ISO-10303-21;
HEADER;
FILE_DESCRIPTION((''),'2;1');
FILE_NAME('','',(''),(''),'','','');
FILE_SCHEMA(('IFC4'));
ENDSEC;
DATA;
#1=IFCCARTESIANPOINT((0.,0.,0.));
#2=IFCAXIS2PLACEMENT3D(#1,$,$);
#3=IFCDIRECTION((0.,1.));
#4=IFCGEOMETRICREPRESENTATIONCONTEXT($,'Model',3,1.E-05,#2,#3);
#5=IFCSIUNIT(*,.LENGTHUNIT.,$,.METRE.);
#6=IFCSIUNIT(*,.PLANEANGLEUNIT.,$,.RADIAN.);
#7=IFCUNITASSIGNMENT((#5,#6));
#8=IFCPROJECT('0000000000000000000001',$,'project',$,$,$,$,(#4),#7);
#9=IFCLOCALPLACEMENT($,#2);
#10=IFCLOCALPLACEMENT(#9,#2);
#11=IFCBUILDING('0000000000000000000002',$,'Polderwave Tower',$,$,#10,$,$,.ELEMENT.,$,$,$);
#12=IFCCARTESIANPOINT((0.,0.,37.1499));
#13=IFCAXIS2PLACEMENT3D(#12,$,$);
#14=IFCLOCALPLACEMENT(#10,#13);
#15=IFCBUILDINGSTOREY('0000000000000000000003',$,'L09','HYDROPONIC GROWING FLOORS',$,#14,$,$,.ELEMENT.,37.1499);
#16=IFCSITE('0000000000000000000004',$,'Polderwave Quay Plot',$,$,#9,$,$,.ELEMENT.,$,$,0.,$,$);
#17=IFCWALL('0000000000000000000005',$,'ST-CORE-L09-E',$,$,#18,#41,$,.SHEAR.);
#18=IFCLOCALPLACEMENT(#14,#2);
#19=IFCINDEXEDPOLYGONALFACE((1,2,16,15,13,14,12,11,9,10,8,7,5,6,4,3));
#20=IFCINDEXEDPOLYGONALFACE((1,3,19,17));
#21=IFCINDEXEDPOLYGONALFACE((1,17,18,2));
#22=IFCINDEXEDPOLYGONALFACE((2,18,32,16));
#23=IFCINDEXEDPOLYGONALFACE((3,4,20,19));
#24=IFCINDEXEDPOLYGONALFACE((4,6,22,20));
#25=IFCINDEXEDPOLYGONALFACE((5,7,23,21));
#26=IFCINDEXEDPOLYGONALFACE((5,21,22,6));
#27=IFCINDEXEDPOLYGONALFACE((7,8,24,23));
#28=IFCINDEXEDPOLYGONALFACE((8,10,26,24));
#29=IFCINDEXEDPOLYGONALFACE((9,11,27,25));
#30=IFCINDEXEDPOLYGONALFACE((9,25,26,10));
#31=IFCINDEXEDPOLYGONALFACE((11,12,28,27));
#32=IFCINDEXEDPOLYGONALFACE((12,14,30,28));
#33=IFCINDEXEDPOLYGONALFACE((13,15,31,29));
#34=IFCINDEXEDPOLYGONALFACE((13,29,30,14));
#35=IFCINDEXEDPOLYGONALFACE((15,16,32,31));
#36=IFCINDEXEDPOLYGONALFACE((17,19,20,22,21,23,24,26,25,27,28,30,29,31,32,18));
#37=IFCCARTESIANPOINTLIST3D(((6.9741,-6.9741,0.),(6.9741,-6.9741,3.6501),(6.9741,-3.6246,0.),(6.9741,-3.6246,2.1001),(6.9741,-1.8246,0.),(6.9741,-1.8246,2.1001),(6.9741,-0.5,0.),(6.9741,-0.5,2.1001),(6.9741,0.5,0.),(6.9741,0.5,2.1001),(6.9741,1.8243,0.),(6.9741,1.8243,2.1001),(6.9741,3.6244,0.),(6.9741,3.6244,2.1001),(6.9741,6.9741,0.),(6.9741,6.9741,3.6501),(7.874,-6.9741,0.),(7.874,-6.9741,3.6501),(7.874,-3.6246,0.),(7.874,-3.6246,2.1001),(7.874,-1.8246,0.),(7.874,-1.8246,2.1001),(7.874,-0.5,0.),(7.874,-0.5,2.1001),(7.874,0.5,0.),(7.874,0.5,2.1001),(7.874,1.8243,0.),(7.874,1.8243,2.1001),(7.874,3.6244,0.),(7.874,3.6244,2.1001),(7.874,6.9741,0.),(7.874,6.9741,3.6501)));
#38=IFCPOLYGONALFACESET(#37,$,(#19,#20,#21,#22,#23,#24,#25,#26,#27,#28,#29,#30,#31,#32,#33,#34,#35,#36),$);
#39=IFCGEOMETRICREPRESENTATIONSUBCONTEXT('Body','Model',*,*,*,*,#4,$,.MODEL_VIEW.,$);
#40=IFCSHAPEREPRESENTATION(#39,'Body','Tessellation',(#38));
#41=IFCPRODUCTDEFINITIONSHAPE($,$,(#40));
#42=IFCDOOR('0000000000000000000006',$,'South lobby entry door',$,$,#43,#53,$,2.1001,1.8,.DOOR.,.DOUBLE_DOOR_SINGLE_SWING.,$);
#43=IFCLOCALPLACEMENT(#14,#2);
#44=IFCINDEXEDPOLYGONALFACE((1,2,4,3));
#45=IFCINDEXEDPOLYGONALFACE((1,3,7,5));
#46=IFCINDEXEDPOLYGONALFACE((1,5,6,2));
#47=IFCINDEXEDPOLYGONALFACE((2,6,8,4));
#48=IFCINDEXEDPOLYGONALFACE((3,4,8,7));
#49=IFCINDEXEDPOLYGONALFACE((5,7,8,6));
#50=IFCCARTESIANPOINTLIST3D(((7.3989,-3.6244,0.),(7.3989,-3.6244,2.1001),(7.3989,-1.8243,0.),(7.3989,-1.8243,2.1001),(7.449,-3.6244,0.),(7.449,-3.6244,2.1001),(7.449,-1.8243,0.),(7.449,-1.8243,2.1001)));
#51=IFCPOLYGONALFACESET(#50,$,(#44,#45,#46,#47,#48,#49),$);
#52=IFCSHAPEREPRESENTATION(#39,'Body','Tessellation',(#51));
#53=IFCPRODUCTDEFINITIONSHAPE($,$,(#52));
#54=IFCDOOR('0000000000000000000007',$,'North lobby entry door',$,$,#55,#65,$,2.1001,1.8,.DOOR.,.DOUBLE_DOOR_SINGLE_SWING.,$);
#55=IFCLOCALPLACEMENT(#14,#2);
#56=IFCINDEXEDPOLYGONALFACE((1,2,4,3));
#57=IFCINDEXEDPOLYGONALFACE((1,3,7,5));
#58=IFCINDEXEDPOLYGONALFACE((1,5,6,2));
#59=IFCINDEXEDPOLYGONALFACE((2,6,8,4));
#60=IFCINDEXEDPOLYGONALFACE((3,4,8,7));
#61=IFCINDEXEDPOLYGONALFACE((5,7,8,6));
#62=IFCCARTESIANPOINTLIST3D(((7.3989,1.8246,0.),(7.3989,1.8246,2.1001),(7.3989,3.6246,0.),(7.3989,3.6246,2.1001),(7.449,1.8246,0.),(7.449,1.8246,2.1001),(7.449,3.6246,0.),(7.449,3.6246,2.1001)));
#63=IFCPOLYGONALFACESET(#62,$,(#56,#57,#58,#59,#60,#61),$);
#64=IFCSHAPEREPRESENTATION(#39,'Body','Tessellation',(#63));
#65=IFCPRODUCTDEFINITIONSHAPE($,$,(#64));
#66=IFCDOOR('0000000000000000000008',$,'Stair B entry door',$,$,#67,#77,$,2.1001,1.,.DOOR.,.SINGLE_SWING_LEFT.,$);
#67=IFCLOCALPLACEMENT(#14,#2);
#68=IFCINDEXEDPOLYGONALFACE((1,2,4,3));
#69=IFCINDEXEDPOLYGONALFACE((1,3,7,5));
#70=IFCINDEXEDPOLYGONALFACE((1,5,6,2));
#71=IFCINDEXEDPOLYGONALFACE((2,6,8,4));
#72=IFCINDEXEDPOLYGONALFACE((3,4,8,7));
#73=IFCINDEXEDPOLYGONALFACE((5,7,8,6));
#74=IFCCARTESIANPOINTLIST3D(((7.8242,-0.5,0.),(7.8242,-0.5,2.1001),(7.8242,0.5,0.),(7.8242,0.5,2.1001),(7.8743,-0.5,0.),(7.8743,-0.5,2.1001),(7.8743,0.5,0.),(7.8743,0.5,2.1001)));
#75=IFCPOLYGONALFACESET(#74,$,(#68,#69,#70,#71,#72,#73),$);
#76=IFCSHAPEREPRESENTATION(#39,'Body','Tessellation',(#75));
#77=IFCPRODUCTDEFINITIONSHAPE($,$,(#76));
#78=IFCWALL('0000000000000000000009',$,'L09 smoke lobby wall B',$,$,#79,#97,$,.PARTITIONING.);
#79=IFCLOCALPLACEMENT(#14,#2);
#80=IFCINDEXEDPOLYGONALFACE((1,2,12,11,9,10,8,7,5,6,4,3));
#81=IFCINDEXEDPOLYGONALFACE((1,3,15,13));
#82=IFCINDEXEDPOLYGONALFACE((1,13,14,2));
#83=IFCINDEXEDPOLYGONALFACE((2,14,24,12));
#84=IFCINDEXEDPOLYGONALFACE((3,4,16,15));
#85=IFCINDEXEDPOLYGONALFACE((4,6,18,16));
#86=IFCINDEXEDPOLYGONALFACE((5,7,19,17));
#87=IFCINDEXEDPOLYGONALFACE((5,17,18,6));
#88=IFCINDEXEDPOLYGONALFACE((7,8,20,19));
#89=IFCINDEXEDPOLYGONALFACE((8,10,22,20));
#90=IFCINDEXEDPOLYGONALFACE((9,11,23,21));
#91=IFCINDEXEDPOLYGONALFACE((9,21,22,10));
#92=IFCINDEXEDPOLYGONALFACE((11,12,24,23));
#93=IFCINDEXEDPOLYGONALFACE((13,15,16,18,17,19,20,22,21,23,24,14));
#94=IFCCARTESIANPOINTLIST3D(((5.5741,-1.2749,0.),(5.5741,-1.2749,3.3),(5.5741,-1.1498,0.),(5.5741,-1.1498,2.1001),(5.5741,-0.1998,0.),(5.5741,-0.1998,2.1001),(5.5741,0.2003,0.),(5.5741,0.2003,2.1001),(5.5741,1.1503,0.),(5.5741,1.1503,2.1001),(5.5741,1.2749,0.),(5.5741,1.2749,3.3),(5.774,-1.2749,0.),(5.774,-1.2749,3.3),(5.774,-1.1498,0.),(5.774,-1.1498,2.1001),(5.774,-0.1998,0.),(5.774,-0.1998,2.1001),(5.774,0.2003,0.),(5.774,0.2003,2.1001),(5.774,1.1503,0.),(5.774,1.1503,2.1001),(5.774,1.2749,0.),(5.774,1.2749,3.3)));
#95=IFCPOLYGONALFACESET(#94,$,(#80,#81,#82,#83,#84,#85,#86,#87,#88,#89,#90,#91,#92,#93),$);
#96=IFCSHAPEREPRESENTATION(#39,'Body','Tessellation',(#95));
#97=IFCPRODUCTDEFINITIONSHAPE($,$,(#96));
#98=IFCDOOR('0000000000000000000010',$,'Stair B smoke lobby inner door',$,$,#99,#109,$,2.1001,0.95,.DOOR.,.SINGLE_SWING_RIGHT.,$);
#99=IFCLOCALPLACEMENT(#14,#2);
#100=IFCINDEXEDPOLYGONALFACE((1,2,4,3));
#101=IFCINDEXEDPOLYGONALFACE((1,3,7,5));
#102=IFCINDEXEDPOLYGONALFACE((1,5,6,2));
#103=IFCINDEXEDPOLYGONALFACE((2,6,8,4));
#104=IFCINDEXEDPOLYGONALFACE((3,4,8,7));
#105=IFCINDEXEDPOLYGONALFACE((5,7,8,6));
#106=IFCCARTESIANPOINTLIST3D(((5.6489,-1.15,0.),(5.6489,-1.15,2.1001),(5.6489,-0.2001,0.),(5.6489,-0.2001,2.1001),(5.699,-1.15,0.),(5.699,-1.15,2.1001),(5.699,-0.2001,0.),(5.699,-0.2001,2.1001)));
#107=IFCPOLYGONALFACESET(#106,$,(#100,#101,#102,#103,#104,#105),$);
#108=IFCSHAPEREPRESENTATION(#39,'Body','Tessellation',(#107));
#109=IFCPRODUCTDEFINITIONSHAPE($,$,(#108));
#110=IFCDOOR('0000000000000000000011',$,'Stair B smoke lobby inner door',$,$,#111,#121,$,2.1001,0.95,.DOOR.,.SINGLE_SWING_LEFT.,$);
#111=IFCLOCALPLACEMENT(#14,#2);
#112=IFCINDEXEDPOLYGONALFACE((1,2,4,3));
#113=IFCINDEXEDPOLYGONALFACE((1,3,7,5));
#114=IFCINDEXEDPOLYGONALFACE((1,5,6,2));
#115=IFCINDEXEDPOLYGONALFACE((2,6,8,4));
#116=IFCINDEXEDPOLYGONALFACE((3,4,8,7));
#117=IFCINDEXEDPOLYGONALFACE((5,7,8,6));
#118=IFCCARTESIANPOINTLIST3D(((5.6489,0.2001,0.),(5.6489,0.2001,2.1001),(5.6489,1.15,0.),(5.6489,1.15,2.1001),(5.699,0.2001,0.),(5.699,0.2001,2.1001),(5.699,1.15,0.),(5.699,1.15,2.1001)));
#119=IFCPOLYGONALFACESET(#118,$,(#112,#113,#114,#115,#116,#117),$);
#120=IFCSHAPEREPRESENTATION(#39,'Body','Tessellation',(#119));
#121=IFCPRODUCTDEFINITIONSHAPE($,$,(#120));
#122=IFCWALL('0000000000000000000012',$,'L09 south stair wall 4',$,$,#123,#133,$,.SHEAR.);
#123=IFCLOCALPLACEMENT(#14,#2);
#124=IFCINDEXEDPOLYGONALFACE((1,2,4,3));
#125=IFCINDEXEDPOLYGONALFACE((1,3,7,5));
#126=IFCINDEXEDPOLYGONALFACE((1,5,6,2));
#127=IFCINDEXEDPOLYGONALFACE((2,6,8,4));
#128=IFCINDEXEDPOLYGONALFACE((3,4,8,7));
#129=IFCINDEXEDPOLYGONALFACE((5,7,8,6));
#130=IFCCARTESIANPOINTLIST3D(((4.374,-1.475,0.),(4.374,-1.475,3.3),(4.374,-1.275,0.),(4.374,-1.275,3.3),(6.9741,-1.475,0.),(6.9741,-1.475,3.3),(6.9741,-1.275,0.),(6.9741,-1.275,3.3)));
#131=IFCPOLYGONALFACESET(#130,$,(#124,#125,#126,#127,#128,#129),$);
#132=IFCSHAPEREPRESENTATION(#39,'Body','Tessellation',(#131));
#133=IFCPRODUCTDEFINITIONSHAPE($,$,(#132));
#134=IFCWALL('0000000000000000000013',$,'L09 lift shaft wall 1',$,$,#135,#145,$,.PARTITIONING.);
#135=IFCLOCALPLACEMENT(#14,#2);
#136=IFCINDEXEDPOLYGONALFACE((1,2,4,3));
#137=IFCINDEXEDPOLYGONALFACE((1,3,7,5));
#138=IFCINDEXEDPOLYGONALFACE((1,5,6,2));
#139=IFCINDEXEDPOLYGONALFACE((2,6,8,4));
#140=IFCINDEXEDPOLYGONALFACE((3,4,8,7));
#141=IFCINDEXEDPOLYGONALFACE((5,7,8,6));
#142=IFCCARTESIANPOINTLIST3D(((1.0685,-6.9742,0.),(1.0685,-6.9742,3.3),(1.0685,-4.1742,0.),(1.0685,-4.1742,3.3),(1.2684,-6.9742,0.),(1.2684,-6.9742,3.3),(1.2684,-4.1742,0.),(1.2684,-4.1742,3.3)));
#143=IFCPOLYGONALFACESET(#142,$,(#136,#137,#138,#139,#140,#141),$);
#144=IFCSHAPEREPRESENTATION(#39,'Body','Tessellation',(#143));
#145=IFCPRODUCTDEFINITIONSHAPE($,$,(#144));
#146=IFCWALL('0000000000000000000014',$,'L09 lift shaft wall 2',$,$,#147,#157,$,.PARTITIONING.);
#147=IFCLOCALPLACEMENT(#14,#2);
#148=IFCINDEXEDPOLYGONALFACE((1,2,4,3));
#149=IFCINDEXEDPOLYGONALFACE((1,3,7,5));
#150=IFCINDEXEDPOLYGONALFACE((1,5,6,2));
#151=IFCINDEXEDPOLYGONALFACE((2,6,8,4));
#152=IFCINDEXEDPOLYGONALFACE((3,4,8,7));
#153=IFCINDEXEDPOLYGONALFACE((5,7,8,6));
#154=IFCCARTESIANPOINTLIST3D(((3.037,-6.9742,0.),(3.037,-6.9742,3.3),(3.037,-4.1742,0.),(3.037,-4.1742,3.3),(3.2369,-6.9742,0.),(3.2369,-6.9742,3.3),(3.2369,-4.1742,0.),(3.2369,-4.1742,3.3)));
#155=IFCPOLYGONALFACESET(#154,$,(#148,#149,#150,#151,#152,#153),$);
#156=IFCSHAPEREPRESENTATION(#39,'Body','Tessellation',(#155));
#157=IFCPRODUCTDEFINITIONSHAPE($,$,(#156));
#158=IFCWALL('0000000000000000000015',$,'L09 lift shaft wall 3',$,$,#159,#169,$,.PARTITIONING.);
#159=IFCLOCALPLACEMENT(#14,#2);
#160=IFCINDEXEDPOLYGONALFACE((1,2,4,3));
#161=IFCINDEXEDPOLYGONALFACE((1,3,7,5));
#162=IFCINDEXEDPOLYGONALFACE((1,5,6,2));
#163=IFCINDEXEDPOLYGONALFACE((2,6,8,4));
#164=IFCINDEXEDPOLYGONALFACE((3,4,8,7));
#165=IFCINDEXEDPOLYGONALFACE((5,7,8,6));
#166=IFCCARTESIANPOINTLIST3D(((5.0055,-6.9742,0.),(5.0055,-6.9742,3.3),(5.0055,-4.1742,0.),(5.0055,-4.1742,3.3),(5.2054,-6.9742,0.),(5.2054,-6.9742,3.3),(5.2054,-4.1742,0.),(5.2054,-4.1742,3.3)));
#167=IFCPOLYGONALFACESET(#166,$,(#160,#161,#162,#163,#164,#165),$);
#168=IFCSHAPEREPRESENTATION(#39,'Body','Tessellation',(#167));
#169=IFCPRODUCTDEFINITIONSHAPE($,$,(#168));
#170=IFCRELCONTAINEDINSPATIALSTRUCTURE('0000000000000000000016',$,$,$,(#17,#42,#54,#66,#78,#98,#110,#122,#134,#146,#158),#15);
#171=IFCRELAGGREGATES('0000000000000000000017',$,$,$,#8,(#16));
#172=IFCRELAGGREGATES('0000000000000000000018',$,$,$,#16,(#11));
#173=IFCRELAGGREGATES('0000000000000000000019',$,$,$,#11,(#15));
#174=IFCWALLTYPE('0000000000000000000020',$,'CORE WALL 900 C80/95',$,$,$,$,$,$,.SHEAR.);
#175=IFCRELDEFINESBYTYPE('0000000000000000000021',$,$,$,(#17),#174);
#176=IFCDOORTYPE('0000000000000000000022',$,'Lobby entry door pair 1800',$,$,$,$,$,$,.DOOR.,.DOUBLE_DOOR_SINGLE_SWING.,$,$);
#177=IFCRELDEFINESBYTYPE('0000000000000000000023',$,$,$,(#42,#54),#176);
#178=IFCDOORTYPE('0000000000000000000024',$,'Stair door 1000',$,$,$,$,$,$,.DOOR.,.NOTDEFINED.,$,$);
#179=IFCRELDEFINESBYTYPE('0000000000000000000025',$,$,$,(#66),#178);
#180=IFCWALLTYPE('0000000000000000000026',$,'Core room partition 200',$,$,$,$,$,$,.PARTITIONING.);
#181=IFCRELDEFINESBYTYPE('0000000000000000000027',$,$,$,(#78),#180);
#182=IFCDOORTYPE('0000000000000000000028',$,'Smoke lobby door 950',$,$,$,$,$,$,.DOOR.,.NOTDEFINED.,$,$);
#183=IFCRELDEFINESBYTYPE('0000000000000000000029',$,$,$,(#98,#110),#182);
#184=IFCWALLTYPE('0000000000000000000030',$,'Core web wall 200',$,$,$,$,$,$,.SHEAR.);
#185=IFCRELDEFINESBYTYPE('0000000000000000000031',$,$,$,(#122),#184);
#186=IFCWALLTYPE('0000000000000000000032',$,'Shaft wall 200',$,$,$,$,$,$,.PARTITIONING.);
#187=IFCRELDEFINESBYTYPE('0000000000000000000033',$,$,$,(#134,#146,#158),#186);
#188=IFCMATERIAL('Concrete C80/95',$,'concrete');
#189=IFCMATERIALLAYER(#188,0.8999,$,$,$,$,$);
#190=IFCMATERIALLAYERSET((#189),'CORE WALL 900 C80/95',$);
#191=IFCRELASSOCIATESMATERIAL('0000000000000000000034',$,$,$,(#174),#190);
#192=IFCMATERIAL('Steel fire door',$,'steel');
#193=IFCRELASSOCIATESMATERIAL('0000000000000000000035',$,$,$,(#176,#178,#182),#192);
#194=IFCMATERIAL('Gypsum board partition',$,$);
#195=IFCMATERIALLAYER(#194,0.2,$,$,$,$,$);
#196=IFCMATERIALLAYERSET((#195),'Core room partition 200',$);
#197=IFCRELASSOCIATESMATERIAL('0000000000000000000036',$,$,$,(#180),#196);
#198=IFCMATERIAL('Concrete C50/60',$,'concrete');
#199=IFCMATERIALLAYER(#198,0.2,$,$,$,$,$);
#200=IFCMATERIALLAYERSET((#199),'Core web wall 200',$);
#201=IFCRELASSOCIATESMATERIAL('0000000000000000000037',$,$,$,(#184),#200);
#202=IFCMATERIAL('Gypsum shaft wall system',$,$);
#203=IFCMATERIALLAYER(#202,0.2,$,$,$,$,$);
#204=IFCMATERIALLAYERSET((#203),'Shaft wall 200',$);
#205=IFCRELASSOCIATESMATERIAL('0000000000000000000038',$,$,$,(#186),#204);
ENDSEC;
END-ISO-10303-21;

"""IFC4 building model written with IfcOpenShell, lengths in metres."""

from ifc_helpers import new_model, si_unit, direction, frame, frame_2d, origin, place, context, subcontext, project, spatial, rectangle, extrude, material, layer, layer_set, type_object, element, fill, save


model = new_model("IFC4")

# Units and contexts
model_context = context("Model", 3, precision=1e-05, world=origin(), true_north=direction((0.0, 1.0)))
body_context = subcontext(model_context, "Body", "Model", "MODEL_VIEW")
ifc_project = project(units=[si_unit("LENGTHUNIT", "METRE"), si_unit("PLANEANGLEUNIT", "RADIAN")], contexts=[model_context])

# Site, building, storey
site_placement = place(None, origin())
site = spatial("IfcSite", under=ifc_project, at=site_placement, Name="Polderwave Quay Plot", CompositionType="ELEMENT", RefElevation=0.0)
building_placement = place(site_placement, origin())
building = spatial("IfcBuilding", under=site, at=building_placement, Name="Polderwave Tower", CompositionType="ELEMENT")
storey_placement = place(building_placement, frame((0.0, 0.0, 37.1499)))
storey = spatial("IfcBuildingStorey", under=building, at=storey_placement, Name="L09", Description="HYDROPONIC GROWING FLOORS", CompositionType="ELEMENT", Elevation=37.1499)

# Walls, openings, doors
ifc_material_1 = material(Name="Concrete C80/95", Category="concrete")
ifc_layer_1 = layer(ifc_material_1, 0.8999)
ifc_layer_set_1 = layer_set([ifc_layer_1], Name="CORE WALL 900 C80/95")
wall_type_1 = type_object("IfcWallType", Name="CORE WALL 900 C80/95", PredefinedType="SHEAR", material=ifc_layer_set_1)
wall_1_placement = place(storey_placement, frame((7.4241, -6.9741, 0.0), z_axis=(0.0, 0.0, 1.0), x_axis=(0.0, 1.0, 0.0)))
wall_1 = element("IfcWall", 1, at=wall_1_placement, inside=storey, type_object=wall_type_1, Name="ST-CORE-L09-E", PredefinedType="SHEAR", context=body_context, shape_type="SweptSolid", body=[
    extrude(rectangle(XDim=13.9482, YDim=0.8999, at=frame_2d((6.9741, 0.0))), origin(), (0.0, 0.0, 1.0), 3.6501),
])
opening_1_placement = place(wall_1_placement, frame((6.4741, 0.0, 0.0)))
opening_1 = element("IfcOpeningElement", 2, at=opening_1_placement, cuts=wall_1, PredefinedType="OPENING", context=body_context, shape_type="SweptSolid", body=[
    extrude(rectangle(XDim=1.0, YDim=2.1001, at=frame_2d((0.5, 1.05))), frame((0.0, 0.46, 0.0), z_axis=(0.0, -1.0, 0.0), x_axis=(1.0, 0.0, 0.0)), (0.0, 0.0, 1.0), 0.9199),
])
opening_2_placement = place(wall_1_placement, frame((3.3496, 0.0, 0.0)))
opening_2 = element("IfcOpeningElement", 3, at=opening_2_placement, cuts=wall_1, PredefinedType="OPENING", context=body_context, shape_type="SweptSolid", body=[
    extrude(rectangle(XDim=1.8, YDim=2.1001, at=frame_2d((0.8999, 1.05))), frame((0.0, 0.46, 0.0), z_axis=(0.0, -1.0, 0.0), x_axis=(1.0, 0.0, 0.0)), (0.0, 0.0, 1.0), 0.9199),
])
opening_3_placement = place(wall_1_placement, frame((8.7986, 0.0, 0.0)))
opening_3 = element("IfcOpeningElement", 4, at=opening_3_placement, cuts=wall_1, PredefinedType="OPENING", context=body_context, shape_type="SweptSolid", body=[
    extrude(rectangle(XDim=1.8, YDim=2.1001, at=frame_2d((0.8999, 1.05))), frame((0.0, 0.46, 0.0), z_axis=(0.0, -1.0, 0.0), x_axis=(1.0, 0.0, 0.0)), (0.0, 0.0, 1.0), 0.9199),
])
ifc_material_2 = material(Name="Steel fire door", Category="steel")
door_type_1 = type_object("IfcDoorType", Name="Lobby entry door pair 1800", OperationType="DOUBLE_DOOR_SINGLE_SWING", PredefinedType="DOOR", material=ifc_material_2)
door_1_placement = place(opening_2_placement, frame((1.8, 0.0, 0.0), z_axis=(0.0, 0.0, 1.0), x_axis=(-1.0, 0.0, 0.0)))
door_1 = element("IfcDoor", 5, at=door_1_placement, inside=storey, type_object=door_type_1, Name="South lobby entry door", OperationType="DOUBLE_DOOR_SINGLE_SWING", OverallHeight=2.1001, OverallWidth=1.8, PredefinedType="DOOR", context=body_context, shape_type="SweptSolid", body=[
    extrude(rectangle(XDim=1.8, YDim=2.1001, at=frame_2d((0.8999, 1.05))), frame((0.0, 0.0249, 0.0), z_axis=(0.0, -1.0, 0.0), x_axis=(1.0, 0.0, 0.0)), (0.0, 0.0, 1.0), 0.05),
])
fill(opening_2, door_1)
door_2_placement = place(opening_3_placement, frame((1.8, 0.0, 0.0), z_axis=(0.0, 0.0, 1.0), x_axis=(-1.0, 0.0, 0.0)))
door_2 = element("IfcDoor", 6, at=door_2_placement, inside=storey, type_object=door_type_1, Name="North lobby entry door", OperationType="DOUBLE_DOOR_SINGLE_SWING", OverallHeight=2.1001, OverallWidth=1.8, PredefinedType="DOOR", context=body_context, shape_type="SweptSolid", body=[
    extrude(rectangle(XDim=1.8, YDim=2.1001, at=frame_2d((0.8999, 1.05))), frame((0.0, 0.0249, 0.0), z_axis=(0.0, -1.0, 0.0), x_axis=(1.0, 0.0, 0.0)), (0.0, 0.0, 1.0), 0.05),
])
fill(opening_3, door_2)
door_type_2 = type_object("IfcDoorType", Name="Stair door 1000", OperationType="NOTDEFINED", PredefinedType="DOOR", material=ifc_material_2)
door_3_placement = place(opening_1_placement, frame((1.0, 0.0, 0.0), z_axis=(0.0, 0.0, 1.0), x_axis=(-1.0, 0.0, 0.0)))
door_3 = element("IfcDoor", 7, at=door_3_placement, inside=storey, type_object=door_type_2, Name="Stair B entry door", OperationType="SINGLE_SWING_LEFT", OverallHeight=2.1001, OverallWidth=1.0, PredefinedType="DOOR", context=body_context, shape_type="SweptSolid", body=[
    extrude(rectangle(XDim=1.0, YDim=2.1001, at=frame_2d((0.5, 1.05))), frame((0.0, 0.4502, 0.0), z_axis=(0.0, -1.0, 0.0), x_axis=(1.0, 0.0, 0.0)), (0.0, 0.0, 1.0), 0.05),
])
fill(opening_1, door_3)
ifc_material_3 = material(Name="Gypsum board partition")
ifc_layer_2 = layer(ifc_material_3, 0.2)
ifc_layer_set_2 = layer_set([ifc_layer_2], Name="Core room partition 200")
wall_type_2 = type_object("IfcWallType", Name="Core room partition 200", PredefinedType="PARTITIONING", material=ifc_layer_set_2)
wall_2_placement = place(storey_placement, frame((5.6741, -1.2749, 0.0), z_axis=(0.0, 0.0, 1.0), x_axis=(0.0, 1.0, 0.0)))
wall_2 = element("IfcWall", 8, at=wall_2_placement, inside=storey, type_object=wall_type_2, Name="L09 smoke lobby wall B", PredefinedType="PARTITIONING", context=body_context, shape_type="SweptSolid", body=[
    extrude(rectangle(XDim=2.5498, YDim=0.2, at=frame_2d((1.2749, 0.0))), origin(), (0.0, 0.0, 1.0), 3.3),
])
opening_4_placement = place(wall_2_placement, frame((0.125, 0.0, 0.0)))
opening_4 = element("IfcOpeningElement", 9, at=opening_4_placement, cuts=wall_2, PredefinedType="OPENING", context=body_context, shape_type="SweptSolid", body=[
    extrude(rectangle(XDim=0.95, YDim=2.1001, at=frame_2d((0.4751, 1.05))), frame((0.0, 0.1099, 0.0), z_axis=(0.0, -1.0, 0.0), x_axis=(1.0, 0.0, 0.0)), (0.0, 0.0, 1.0), 0.22),
])
opening_5_placement = place(wall_2_placement, frame((1.4751, 0.0, 0.0)))
opening_5 = element("IfcOpeningElement", 10, at=opening_5_placement, cuts=wall_2, PredefinedType="OPENING", context=body_context, shape_type="SweptSolid", body=[
    extrude(rectangle(XDim=0.95, YDim=2.1001, at=frame_2d((0.4751, 1.05))), frame((0.0, 0.1099, 0.0), z_axis=(0.0, -1.0, 0.0), x_axis=(1.0, 0.0, 0.0)), (0.0, 0.0, 1.0), 0.22),
])
door_type_3 = type_object("IfcDoorType", Name="Smoke lobby door 950", OperationType="NOTDEFINED", PredefinedType="DOOR", material=ifc_material_2)
door_4_placement = place(opening_4_placement, frame((0.95, 0.0, 0.0), z_axis=(0.0, 0.0, 1.0), x_axis=(-1.0, 0.0, 0.0)))
door_4 = element("IfcDoor", 11, at=door_4_placement, inside=storey, type_object=door_type_3, Name="Stair B smoke lobby inner door", OperationType="SINGLE_SWING_RIGHT", OverallHeight=2.1001, OverallWidth=0.95, PredefinedType="DOOR", context=body_context, shape_type="SweptSolid", body=[
    extrude(rectangle(XDim=0.95, YDim=2.1001, at=frame_2d((0.4751, 1.05))), frame((0.0, 0.0249, 0.0), z_axis=(0.0, -1.0, 0.0), x_axis=(1.0, 0.0, 0.0)), (0.0, 0.0, 1.0), 0.05),
])
fill(opening_4, door_4)
door_5_placement = place(opening_5_placement, frame((0.95, 0.0, 0.0), z_axis=(0.0, 0.0, 1.0), x_axis=(-1.0, 0.0, 0.0)))
door_5 = element("IfcDoor", 12, at=door_5_placement, inside=storey, type_object=door_type_3, Name="Stair B smoke lobby inner door", OperationType="SINGLE_SWING_LEFT", OverallHeight=2.1001, OverallWidth=0.95, PredefinedType="DOOR", context=body_context, shape_type="SweptSolid", body=[
    extrude(rectangle(XDim=0.95, YDim=2.1001, at=frame_2d((0.4751, 1.05))), frame((0.0, 0.0249, 0.0), z_axis=(0.0, -1.0, 0.0), x_axis=(1.0, 0.0, 0.0)), (0.0, 0.0, 1.0), 0.05),
])
fill(opening_5, door_5)

# Walls
ifc_material_4 = material(Name="Concrete C50/60", Category="concrete")
ifc_layer_3 = layer(ifc_material_4, 0.2)
ifc_layer_set_3 = layer_set([ifc_layer_3], Name="Core web wall 200")
wall_type_3 = type_object("IfcWallType", Name="Core web wall 200", PredefinedType="SHEAR", material=ifc_layer_set_3)
wall_3_placement = place(storey_placement, frame((4.374, -1.375, 0.0), z_axis=(0.0, 0.0, 1.0), x_axis=(1.0, 0.0, 0.0)))
element("IfcWall", 13, at=wall_3_placement, inside=storey, type_object=wall_type_3, Name="L09 south stair wall 4", PredefinedType="SHEAR", context=body_context, shape_type="SweptSolid", body=[
    extrude(rectangle(XDim=2.6001, YDim=0.2, at=frame_2d((1.3, 0.0))), origin(), (0.0, 0.0, 1.0), 3.3),
])
ifc_material_5 = material(Name="Gypsum shaft wall system")
ifc_layer_4 = layer(ifc_material_5, 0.2)
ifc_layer_set_4 = layer_set([ifc_layer_4], Name="Shaft wall 200")
wall_type_4 = type_object("IfcWallType", Name="Shaft wall 200", PredefinedType="PARTITIONING", material=ifc_layer_set_4)
for number, where, z_axis, x_axis, name in (
    (14, (1.1685, -6.9741, 0.0), (0.0, 0.0, 1.0), (0.0, 1.0, 0.0), "L09 lift shaft wall 1"),
    (15, (3.137, -6.9741, 0.0), (0.0, 0.0, 1.0), (0.0, 1.0, 0.0), "L09 lift shaft wall 2"),
    (16, (5.1055, -6.9741, 0.0), (0.0, 0.0, 1.0), (0.0, 1.0, 0.0), "L09 lift shaft wall 3"),
):
    element("IfcWall", number, at=place(storey_placement, frame(where, z_axis=z_axis, x_axis=x_axis)), inside=storey, type_object=wall_type_4, Name=name, PredefinedType="PARTITIONING", context=body_context, shape_type="SweptSolid", body=[
        extrude(rectangle(XDim=2.8, YDim=0.2, at=frame_2d((1.3999, 0.0))), origin(), (0.0, 0.0, 1.0), 3.3),
    ])

save(model, "model.ifc")
